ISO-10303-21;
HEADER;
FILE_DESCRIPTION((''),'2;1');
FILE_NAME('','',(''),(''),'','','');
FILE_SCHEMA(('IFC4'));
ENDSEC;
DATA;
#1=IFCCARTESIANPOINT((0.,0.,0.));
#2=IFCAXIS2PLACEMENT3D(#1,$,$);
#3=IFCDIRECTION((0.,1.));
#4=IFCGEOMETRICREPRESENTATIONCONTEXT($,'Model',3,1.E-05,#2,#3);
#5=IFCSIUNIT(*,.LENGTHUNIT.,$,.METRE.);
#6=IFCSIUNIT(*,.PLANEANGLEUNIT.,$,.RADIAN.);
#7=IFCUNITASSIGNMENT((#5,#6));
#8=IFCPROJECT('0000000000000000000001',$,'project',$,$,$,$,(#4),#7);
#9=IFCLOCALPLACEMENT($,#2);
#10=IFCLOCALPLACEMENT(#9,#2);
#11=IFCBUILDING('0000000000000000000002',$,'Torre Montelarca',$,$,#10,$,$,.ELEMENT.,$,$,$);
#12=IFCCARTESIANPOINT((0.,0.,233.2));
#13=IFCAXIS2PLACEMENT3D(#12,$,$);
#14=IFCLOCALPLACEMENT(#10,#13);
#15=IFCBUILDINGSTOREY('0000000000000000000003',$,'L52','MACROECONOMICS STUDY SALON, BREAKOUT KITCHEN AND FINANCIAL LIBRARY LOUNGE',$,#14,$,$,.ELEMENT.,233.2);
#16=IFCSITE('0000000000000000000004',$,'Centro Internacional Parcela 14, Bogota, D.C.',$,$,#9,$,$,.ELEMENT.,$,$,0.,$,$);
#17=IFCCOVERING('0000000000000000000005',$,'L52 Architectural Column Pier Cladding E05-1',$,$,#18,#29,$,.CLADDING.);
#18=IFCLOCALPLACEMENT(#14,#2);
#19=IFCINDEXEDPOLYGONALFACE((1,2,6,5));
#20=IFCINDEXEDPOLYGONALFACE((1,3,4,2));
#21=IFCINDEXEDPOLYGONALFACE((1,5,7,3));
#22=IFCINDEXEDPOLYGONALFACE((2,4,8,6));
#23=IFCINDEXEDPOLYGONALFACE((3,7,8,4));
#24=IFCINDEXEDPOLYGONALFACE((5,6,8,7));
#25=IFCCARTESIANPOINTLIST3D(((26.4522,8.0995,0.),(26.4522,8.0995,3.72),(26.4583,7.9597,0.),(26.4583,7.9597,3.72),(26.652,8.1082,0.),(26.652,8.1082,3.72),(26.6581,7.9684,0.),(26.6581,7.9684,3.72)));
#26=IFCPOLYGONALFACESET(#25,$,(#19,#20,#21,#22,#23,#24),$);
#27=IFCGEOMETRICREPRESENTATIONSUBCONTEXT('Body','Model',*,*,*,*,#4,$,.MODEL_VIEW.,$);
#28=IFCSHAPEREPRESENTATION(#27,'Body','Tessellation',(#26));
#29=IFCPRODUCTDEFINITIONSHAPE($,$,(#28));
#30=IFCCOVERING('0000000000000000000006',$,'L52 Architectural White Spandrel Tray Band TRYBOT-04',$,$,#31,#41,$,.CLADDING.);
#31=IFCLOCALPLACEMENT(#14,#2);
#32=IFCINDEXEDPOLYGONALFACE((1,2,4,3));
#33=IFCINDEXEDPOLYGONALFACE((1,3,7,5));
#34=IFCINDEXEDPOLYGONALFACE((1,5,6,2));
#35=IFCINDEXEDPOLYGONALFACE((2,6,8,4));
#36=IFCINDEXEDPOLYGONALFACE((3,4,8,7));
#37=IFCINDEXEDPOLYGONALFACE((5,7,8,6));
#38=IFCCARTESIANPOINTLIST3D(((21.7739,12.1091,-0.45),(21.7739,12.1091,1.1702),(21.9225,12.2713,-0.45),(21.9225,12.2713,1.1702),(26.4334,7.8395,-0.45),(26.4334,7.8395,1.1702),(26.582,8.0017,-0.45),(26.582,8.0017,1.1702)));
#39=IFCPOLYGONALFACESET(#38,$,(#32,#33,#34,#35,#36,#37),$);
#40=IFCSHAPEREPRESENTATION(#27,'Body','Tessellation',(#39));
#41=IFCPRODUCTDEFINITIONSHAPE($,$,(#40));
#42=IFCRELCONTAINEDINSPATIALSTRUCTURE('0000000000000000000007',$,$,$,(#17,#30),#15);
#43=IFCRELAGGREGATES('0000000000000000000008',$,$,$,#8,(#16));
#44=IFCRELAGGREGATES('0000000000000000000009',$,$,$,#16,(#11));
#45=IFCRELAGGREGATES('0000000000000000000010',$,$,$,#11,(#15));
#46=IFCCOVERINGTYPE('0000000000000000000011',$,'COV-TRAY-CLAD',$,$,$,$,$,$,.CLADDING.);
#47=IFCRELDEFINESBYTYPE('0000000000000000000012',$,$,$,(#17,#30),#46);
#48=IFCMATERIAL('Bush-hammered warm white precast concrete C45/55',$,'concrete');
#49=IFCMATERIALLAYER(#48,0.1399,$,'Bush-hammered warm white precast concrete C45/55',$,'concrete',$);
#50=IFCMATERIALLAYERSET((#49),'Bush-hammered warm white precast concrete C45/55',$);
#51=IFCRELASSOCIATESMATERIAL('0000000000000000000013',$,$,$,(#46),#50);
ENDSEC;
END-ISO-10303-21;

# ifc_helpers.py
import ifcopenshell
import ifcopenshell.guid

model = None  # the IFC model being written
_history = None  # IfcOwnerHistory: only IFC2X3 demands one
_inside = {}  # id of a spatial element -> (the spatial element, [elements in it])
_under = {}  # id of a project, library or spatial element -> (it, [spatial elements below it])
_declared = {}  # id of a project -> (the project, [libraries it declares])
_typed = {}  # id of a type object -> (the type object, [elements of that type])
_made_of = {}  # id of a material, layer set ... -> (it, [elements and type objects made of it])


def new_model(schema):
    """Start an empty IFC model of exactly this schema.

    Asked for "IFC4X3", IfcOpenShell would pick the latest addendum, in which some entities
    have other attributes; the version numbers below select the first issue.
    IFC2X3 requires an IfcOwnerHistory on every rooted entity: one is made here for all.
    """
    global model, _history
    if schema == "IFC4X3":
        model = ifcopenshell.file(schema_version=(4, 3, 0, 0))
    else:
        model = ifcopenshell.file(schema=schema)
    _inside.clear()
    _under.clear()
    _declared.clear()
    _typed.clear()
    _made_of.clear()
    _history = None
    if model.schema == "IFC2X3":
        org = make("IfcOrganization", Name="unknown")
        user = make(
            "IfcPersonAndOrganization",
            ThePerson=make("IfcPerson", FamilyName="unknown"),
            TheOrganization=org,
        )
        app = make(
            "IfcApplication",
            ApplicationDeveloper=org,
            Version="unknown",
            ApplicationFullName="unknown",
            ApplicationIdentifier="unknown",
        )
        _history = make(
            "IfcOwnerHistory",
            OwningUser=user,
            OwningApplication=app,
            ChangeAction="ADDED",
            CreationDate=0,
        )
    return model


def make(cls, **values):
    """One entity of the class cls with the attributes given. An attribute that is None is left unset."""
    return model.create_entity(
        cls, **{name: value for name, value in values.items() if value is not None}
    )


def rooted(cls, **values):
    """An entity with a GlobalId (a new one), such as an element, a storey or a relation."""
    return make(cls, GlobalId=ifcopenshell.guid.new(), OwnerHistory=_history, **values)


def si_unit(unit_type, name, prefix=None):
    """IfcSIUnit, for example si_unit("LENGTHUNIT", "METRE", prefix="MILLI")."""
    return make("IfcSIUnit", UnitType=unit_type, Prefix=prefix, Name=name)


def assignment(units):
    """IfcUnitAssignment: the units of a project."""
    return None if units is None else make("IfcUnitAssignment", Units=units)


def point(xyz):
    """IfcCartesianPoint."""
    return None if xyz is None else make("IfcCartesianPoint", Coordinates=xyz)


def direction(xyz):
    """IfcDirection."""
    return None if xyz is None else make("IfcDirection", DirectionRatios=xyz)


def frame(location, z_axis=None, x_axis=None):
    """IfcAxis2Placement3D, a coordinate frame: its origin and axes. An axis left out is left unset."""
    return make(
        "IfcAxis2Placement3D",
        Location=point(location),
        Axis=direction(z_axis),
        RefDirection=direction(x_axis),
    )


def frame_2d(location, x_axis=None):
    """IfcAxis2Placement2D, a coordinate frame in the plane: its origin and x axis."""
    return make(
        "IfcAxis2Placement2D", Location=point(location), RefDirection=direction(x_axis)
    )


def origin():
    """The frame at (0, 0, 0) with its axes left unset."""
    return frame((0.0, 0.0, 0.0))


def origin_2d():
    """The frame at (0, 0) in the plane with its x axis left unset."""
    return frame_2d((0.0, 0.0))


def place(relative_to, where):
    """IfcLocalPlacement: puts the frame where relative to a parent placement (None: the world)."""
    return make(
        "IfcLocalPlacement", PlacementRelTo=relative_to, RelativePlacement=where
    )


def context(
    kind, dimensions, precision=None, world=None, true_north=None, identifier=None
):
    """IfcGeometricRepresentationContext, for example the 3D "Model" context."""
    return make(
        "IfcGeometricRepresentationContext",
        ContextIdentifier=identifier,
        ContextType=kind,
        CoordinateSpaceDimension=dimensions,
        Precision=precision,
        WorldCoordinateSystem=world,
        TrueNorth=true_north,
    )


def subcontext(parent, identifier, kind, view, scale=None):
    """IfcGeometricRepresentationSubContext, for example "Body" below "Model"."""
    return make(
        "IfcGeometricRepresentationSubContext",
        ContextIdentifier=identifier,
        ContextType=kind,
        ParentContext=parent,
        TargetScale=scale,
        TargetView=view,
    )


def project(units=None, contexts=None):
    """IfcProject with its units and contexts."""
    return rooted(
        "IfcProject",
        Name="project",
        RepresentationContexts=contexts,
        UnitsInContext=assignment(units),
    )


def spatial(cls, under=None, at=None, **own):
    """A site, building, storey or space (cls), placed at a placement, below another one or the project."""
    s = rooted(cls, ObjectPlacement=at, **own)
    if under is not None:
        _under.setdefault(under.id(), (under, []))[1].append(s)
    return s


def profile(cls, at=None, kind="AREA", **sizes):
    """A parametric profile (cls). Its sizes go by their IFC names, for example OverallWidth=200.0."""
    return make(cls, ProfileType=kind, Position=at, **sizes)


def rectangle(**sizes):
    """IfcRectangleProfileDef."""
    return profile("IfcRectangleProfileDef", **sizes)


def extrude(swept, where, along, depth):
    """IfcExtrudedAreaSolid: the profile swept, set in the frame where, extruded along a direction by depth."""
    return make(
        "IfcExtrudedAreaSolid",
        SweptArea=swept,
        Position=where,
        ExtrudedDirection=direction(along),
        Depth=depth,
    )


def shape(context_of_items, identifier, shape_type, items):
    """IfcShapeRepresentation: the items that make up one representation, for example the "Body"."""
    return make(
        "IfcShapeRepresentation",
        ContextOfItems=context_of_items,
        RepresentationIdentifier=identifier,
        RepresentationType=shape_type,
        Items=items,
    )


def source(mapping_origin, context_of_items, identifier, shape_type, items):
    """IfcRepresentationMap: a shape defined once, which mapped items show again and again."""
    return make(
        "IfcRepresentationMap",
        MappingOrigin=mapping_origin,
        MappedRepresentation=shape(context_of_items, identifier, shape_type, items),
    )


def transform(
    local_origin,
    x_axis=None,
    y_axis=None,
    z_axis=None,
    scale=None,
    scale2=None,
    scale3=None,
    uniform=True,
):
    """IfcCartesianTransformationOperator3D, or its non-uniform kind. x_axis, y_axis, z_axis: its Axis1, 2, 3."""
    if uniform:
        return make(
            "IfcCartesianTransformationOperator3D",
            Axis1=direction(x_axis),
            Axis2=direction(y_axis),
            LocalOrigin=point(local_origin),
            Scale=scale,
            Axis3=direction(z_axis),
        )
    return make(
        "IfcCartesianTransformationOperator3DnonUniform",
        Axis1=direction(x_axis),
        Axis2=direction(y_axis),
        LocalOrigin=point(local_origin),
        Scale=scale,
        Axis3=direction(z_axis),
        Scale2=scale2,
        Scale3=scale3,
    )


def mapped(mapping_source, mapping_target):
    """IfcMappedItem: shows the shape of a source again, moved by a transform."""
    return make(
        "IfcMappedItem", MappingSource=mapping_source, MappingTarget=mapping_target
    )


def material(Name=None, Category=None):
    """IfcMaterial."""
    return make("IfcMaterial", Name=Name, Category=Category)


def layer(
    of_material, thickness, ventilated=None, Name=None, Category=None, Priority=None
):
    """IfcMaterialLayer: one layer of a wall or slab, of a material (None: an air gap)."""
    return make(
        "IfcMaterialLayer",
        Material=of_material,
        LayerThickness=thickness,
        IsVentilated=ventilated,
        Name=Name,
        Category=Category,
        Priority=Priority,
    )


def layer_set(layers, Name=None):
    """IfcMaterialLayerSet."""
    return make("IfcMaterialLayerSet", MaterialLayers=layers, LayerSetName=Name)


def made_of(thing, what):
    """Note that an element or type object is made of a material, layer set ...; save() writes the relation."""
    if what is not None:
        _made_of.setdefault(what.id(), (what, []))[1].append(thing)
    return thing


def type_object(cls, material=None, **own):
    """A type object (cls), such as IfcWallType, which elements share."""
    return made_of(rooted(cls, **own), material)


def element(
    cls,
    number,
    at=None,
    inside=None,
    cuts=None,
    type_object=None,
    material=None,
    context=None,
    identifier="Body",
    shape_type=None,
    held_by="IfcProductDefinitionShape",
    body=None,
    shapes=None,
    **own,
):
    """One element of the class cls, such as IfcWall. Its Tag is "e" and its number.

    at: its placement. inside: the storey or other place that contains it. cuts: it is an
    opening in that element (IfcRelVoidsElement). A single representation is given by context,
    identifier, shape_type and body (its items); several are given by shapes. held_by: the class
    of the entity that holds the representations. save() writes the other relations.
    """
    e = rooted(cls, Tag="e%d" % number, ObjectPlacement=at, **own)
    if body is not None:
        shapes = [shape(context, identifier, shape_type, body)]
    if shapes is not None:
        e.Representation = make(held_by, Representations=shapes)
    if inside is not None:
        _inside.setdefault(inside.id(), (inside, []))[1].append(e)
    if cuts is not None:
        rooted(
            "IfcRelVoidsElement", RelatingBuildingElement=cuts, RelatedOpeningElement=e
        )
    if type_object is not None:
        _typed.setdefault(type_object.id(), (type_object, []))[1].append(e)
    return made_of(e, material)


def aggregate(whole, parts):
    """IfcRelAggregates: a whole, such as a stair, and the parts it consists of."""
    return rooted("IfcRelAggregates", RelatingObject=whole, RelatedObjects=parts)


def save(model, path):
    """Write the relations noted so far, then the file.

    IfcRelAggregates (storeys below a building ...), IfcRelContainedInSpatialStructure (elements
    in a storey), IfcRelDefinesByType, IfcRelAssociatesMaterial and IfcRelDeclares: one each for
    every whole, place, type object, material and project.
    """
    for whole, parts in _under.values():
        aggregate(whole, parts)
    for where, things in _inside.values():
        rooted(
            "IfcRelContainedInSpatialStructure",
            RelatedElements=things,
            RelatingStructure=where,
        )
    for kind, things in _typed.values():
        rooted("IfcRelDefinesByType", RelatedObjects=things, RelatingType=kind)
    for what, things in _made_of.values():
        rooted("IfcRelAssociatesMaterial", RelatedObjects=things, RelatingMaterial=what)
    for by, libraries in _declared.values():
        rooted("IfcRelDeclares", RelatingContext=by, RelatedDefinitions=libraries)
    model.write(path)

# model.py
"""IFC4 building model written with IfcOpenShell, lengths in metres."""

from ifc_helpers import new_model, si_unit, direction, frame, origin, origin_2d, place, context, subcontext, project, spatial, rectangle, extrude, source, transform, mapped, material, layer, layer_set, type_object, element, save


model = new_model("IFC4")

# Units and contexts
model_context = context("Model", 3, precision=1e-05, world=origin(), true_north=direction((0.0, 1.0)))
body_context = subcontext(model_context, "Body", "Model", "MODEL_VIEW")
ifc_project = project(units=[si_unit("LENGTHUNIT", "METRE"), si_unit("PLANEANGLEUNIT", "RADIAN")], contexts=[model_context])

# Site, building, storey
site_placement = place(None, origin())
site = spatial("IfcSite", under=ifc_project, at=site_placement, Name="Centro Internacional Parcela 14, Bogota, D.C.", CompositionType="ELEMENT", RefElevation=0.0)
building_placement = place(site_placement, origin())
building = spatial("IfcBuilding", under=site, at=building_placement, Name="Torre Montelarca", CompositionType="ELEMENT")
storey_placement = place(building_placement, frame((0.0, 0.0, 233.2)))
storey = spatial("IfcBuildingStorey", under=building, at=storey_placement, Name="L52", Description="MACROECONOMICS STUDY SALON, BREAKOUT KITCHEN AND FINANCIAL LIBRARY LOUNGE", CompositionType="ELEMENT", Elevation=233.2)

# Coverings
ifc_material_1 = material(Name="Bush-hammered warm white precast concrete C45/55", Category="concrete")
ifc_layer_1 = layer(ifc_material_1, 0.1399, Name="Bush-hammered warm white precast concrete C45/55", Category="concrete")
ifc_layer_set_1 = layer_set([ifc_layer_1], Name="Bush-hammered warm white precast concrete C45/55")
covering_type = type_object("IfcCoveringType", Name="COV-TRAY-CLAD", PredefinedType="CLADDING", material=ifc_layer_set_1)
shared_shape_1 = source(origin(), body_context, "Body", "SweptSolid", [
    extrude(rectangle(XDim=0.2, YDim=0.1399, at=origin_2d()), origin(), (0.0, 0.0, 1.0), 3.72),
])
for number, where, z_axis, x_axis, name in (
    (1, (26.5552, 8.0339, 0.0), (0.0, 0.0, 1.0), (0.999048, 0.043628, 0.0), "L52 Architectural Column Pier Cladding E05-1"),
):
    element("IfcCovering", number, at=place(storey_placement, frame(where, z_axis=z_axis, x_axis=x_axis)), inside=storey, type_object=covering_type, Name=name, PredefinedType="CLADDING", context=body_context, shape_type="MappedRepresentation", body=[
        mapped(shared_shape_1, transform((0.0, 0.0, 0.0), scale=1.0)),
    ])
shared_shape_2 = source(origin(), body_context, "Body", "SweptSolid", [
    extrude(rectangle(XDim=6.3198, YDim=0.22, at=origin_2d()), origin(), (0.0, 0.0, 1.0), 1.6201),
])
covering_1_placement = place(storey_placement, frame((24.178, 10.0554, -0.45), z_axis=(0.0, 0.0, 1.0), x_axis=(0.737281, -0.675586, 0.0)))
element("IfcCovering", 2, at=covering_1_placement, inside=storey, type_object=covering_type, Name="L52 Architectural White Spandrel Tray Band TRYBOT-04", PredefinedType="CLADDING", context=body_context, shape_type="MappedRepresentation", body=[
    mapped(shared_shape_2, transform((0.0, 0.0, 0.0), scale=1.0)),
])

save(model, "model.ifc")
